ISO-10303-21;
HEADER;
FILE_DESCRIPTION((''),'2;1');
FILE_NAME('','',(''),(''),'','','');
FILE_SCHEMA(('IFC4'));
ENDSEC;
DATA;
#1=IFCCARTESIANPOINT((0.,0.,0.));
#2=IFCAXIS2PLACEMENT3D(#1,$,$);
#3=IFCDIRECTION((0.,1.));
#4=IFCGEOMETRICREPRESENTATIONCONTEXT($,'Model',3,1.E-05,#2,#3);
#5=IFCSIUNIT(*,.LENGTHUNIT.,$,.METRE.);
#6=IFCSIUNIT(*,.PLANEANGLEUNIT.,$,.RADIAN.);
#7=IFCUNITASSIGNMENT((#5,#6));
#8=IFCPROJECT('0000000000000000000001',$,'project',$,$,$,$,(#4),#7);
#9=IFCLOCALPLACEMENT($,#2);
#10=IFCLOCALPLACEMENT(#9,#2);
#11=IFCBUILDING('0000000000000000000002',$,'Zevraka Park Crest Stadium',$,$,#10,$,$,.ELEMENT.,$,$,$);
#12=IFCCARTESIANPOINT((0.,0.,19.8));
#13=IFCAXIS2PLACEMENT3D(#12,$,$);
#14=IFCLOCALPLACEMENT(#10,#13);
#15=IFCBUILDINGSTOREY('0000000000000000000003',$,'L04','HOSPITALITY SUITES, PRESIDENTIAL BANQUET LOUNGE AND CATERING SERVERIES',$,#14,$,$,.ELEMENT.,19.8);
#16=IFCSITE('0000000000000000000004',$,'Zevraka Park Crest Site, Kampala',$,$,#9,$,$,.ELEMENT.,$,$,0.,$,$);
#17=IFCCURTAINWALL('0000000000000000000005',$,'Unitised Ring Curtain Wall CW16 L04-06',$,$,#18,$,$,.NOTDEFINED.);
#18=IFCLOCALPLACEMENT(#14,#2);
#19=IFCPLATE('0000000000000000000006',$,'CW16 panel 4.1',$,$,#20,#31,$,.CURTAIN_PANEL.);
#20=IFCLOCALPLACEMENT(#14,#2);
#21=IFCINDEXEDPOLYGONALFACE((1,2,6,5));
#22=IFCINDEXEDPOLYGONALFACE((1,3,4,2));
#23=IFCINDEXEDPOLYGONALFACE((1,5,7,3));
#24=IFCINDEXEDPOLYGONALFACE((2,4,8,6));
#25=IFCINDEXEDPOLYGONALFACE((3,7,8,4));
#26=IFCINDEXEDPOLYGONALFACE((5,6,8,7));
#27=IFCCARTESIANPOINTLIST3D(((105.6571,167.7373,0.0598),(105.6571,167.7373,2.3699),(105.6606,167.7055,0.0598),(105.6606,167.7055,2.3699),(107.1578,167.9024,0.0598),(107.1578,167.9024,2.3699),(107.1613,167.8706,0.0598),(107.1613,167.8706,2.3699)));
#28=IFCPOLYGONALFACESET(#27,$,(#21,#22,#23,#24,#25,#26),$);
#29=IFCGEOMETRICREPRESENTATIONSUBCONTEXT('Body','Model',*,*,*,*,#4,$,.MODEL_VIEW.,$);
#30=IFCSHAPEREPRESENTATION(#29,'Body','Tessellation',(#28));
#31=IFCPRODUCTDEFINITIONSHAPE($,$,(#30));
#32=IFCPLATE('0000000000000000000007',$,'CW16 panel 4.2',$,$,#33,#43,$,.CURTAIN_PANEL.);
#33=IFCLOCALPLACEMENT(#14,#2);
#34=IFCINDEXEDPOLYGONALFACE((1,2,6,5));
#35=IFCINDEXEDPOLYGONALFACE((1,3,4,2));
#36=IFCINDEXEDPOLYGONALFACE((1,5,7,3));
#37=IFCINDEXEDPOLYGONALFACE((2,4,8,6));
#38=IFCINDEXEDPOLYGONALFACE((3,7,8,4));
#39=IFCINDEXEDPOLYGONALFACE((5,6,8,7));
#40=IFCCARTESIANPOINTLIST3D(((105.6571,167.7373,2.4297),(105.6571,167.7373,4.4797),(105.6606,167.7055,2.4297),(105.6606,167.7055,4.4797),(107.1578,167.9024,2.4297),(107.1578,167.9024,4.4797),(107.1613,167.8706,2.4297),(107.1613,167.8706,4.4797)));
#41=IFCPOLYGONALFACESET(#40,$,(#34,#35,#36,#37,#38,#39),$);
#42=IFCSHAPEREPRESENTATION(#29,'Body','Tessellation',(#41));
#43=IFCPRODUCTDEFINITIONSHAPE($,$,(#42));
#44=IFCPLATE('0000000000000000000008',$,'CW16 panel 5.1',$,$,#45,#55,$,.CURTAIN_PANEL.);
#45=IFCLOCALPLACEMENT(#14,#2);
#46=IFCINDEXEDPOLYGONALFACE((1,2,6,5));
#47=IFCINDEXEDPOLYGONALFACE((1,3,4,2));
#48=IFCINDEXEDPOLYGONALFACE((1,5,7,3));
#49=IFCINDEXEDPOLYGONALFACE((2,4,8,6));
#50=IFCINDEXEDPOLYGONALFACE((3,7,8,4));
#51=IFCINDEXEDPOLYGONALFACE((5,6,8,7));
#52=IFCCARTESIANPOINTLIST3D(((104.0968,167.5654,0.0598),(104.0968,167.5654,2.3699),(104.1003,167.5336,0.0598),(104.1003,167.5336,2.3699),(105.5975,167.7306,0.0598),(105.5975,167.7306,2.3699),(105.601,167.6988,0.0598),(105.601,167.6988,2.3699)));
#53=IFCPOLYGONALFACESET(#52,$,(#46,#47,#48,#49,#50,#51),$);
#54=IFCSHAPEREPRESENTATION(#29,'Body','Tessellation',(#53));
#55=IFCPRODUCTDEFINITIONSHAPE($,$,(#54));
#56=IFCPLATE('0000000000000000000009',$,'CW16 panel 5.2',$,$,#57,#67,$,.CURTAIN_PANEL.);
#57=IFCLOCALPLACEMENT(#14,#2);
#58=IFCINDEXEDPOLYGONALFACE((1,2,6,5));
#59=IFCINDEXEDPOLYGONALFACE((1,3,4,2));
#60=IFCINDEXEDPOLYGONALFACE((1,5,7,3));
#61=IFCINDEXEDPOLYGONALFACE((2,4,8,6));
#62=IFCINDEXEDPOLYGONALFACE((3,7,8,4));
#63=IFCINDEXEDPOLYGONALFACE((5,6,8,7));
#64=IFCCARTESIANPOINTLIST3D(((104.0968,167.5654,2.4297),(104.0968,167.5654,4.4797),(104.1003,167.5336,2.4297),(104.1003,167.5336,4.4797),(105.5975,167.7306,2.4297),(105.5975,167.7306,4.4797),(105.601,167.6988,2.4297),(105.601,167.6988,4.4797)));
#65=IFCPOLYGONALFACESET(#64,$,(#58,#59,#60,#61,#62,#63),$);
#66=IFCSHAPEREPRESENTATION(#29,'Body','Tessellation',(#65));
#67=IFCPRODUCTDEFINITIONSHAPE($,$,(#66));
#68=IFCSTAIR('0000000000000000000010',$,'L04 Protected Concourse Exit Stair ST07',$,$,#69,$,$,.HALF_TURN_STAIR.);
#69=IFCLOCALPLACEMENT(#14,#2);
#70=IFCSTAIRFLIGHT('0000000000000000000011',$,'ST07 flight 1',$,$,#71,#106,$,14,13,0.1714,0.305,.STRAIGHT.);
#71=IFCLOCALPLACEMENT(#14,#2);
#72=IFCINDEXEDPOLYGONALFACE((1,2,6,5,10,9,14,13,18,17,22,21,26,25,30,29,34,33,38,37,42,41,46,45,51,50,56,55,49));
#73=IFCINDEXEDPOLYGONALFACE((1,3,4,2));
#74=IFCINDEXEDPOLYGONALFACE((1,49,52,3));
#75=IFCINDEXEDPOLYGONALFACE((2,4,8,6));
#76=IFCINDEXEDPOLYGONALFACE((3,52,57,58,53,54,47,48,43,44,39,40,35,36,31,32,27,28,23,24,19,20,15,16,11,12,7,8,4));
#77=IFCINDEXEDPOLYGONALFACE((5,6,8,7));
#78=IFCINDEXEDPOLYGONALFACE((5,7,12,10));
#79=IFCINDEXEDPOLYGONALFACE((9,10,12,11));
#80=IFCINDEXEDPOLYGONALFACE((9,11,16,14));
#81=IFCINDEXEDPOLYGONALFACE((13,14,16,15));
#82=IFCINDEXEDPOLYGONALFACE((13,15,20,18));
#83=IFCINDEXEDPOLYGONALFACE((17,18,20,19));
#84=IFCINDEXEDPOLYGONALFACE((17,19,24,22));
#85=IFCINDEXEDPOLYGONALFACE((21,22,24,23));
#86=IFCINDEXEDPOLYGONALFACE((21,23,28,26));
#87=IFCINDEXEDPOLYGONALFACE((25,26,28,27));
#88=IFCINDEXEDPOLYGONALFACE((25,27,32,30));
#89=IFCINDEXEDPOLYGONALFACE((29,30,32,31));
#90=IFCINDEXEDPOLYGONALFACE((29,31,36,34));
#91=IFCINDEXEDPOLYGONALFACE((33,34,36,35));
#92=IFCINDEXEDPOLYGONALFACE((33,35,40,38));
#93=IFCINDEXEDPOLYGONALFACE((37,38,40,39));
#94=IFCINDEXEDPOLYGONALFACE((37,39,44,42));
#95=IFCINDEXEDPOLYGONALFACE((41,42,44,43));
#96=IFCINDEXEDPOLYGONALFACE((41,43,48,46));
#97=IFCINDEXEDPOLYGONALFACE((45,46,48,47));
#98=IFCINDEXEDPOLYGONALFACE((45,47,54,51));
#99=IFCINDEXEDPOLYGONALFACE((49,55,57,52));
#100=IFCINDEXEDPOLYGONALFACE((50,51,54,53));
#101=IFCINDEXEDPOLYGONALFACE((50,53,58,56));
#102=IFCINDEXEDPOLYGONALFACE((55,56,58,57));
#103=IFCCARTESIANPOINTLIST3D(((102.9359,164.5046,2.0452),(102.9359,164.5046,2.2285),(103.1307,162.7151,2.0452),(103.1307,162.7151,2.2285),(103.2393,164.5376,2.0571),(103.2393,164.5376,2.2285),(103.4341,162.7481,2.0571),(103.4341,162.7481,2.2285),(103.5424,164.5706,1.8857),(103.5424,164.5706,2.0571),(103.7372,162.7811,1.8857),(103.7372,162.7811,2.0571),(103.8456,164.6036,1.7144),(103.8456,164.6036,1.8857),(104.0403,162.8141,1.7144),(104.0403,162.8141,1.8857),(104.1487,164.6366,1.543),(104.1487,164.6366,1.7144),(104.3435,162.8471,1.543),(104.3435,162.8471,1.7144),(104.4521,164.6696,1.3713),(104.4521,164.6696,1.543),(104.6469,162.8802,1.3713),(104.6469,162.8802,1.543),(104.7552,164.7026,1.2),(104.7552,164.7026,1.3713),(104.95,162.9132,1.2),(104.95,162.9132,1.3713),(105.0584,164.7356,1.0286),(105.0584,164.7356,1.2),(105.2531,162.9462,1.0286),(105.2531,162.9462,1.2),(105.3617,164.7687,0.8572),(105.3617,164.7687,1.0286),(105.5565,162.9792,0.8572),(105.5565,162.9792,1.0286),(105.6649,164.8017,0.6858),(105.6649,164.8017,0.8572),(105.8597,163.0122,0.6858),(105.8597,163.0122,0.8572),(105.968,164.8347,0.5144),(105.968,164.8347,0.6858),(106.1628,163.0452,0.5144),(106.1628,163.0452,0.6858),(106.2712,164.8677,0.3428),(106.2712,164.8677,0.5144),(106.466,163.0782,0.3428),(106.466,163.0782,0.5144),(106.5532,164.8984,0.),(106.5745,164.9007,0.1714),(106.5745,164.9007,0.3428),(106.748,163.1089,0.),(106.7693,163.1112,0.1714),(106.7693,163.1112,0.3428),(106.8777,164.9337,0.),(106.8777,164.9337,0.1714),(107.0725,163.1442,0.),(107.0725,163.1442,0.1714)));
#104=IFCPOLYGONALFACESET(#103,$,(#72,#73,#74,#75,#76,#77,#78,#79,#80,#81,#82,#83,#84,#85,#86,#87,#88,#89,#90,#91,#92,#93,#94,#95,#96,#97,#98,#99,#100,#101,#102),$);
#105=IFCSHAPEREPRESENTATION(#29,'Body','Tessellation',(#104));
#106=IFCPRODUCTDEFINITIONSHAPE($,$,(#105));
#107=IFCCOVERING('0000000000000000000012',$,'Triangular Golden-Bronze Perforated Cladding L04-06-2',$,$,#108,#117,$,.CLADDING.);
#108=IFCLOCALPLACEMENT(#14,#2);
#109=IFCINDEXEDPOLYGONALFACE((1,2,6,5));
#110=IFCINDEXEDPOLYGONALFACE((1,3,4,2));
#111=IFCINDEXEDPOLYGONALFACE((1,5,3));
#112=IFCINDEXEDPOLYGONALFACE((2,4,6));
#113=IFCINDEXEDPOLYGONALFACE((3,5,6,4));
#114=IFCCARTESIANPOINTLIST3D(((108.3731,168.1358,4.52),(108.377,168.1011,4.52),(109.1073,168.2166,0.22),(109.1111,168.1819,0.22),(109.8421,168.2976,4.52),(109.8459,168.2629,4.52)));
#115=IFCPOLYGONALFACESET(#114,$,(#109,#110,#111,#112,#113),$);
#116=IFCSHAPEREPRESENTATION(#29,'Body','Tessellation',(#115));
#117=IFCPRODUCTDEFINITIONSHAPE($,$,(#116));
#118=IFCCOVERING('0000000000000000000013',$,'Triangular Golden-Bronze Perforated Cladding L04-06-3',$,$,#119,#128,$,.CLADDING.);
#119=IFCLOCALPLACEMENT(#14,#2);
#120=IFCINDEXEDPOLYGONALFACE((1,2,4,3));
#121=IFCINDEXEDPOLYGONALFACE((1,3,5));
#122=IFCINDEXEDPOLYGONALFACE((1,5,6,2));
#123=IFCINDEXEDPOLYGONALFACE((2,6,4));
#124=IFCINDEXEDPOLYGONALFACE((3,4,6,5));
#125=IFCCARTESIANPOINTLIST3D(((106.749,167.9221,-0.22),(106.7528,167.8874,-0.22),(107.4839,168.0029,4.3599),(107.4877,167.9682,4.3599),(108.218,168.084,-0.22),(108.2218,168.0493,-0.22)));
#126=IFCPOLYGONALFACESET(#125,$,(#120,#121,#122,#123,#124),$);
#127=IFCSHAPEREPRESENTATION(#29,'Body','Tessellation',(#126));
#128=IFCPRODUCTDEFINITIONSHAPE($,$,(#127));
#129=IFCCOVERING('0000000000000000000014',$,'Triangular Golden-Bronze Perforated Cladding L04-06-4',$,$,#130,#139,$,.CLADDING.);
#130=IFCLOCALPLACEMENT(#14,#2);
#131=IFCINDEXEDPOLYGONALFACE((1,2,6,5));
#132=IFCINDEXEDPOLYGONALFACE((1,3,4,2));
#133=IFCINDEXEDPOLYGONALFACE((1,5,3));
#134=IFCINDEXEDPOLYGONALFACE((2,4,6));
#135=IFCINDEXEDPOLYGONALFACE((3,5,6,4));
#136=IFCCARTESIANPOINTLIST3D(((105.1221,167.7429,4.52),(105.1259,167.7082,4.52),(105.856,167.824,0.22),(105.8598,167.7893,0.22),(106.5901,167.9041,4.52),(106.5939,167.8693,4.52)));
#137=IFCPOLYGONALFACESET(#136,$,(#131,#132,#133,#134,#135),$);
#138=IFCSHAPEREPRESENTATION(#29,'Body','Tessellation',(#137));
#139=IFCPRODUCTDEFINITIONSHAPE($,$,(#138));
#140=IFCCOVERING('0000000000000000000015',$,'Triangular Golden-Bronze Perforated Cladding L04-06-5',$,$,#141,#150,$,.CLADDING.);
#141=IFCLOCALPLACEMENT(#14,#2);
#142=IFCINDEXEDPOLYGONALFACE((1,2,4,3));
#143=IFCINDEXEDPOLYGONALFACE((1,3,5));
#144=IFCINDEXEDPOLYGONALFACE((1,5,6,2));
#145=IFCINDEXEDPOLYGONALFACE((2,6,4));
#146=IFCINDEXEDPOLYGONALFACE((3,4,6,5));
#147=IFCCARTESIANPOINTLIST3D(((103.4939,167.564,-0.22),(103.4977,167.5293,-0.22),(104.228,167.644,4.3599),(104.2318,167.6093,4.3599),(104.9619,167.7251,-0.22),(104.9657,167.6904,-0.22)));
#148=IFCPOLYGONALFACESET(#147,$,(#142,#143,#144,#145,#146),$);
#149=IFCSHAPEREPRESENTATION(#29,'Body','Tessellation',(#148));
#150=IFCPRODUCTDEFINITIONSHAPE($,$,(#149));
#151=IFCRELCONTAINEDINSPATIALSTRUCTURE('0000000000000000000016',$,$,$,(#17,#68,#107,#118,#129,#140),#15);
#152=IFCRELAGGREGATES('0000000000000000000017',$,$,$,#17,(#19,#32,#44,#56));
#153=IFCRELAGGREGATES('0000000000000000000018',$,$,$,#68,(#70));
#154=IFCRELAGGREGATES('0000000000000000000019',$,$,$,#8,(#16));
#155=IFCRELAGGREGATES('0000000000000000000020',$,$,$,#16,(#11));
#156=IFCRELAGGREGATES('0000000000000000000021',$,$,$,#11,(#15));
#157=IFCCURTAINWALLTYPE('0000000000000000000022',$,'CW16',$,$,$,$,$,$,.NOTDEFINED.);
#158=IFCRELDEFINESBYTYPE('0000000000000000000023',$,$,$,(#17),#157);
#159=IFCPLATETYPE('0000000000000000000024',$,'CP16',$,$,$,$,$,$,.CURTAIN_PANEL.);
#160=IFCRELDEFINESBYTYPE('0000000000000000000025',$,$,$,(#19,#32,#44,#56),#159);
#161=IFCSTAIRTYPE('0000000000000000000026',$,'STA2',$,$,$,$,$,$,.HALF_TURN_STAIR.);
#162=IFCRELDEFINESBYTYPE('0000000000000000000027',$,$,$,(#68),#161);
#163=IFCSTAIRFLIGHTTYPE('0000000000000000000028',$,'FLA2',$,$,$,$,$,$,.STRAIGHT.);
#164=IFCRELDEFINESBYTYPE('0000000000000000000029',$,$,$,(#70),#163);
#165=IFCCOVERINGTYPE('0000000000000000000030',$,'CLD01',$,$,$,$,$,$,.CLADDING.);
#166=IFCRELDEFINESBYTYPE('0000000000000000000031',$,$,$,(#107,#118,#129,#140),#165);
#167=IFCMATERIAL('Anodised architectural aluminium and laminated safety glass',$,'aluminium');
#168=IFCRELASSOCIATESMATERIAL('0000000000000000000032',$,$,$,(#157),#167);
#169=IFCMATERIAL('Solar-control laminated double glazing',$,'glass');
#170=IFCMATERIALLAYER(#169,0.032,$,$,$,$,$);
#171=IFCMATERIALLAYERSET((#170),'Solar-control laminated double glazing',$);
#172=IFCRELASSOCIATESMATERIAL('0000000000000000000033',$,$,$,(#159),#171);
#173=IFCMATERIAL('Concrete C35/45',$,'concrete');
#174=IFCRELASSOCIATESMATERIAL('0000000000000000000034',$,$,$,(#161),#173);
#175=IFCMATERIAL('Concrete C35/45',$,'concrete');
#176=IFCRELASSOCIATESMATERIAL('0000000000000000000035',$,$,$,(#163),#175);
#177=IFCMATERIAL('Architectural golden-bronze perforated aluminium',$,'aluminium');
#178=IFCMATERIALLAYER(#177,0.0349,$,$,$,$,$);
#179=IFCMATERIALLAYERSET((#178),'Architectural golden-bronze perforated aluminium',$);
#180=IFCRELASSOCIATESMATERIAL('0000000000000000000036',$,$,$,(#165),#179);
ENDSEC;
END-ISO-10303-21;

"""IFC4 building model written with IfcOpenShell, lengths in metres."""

from ifc_helpers import new_model, si_unit, direction, frame, origin, origin_2d, place, context, subcontext, project, spatial, polyline, rectangle, outline, extrude, material, layer, layer_set, type_object, element, aggregate, save


model = new_model("IFC4")

# Units and contexts
model_context = context("Model", 3, precision=1e-05, world=origin(), true_north=direction((0.0, 1.0)))
body_context = subcontext(model_context, "Body", "Model", "MODEL_VIEW")
ifc_project = project(units=[si_unit("LENGTHUNIT", "METRE"), si_unit("PLANEANGLEUNIT", "RADIAN")], contexts=[model_context])

# Site, building, storey
site_placement = place(None, origin())
site = spatial("IfcSite", under=ifc_project, at=site_placement, Name="Zevraka Park Crest Site, Kampala", CompositionType="ELEMENT", RefElevation=0.0)
building_placement = place(site_placement, origin())
building = spatial("IfcBuilding", under=site, at=building_placement, Name="Zevraka Park Crest Stadium", CompositionType="ELEMENT")
storey_placement = place(building_placement, frame((0.0, 0.0, 19.8)))
storey = spatial("IfcBuildingStorey", under=building, at=storey_placement, Name="L04", Description="HOSPITALITY SUITES, PRESIDENTIAL BANQUET LOUNGE AND CATERING SERVERIES", CompositionType="ELEMENT", Elevation=19.8)

# Curtain wall, plates
ifc_material_1 = material(Name="Anodised architectural aluminium and laminated safety glass", Category="aluminium")
curtain_wall_type = type_object("IfcCurtainWallType", Name="CW16", PredefinedType="NOTDEFINED", material=ifc_material_1)
curtain_wall_placement = place(storey_placement, origin())
curtain_wall = element("IfcCurtainWall", 1, at=curtain_wall_placement, inside=storey, type_object=curtain_wall_type, Name="Unitised Ring Curtain Wall CW16 L04-06", PredefinedType="NOTDEFINED")
ifc_material_2 = material(Name="Solar-control laminated double glazing", Category="glass")
ifc_layer_1 = layer(ifc_material_2, 0.032)
ifc_layer_set_1 = layer_set([ifc_layer_1], Name="Solar-control laminated double glazing")
plate_type = type_object("IfcPlateType", Name="CP16", PredefinedType="CURTAIN_PANEL", material=ifc_layer_set_1)
plate_1_placement = place(storey_placement, frame((106.4092, 167.804, 0.0598), z_axis=(0.0, 0.0, 1.0), x_axis=(-0.993997, -0.109406, 0.0)))
plate_1 = element("IfcPlate", 2, at=plate_1_placement, type_object=plate_type, Name="CW16 panel 4.1", PredefinedType="CURTAIN_PANEL", context=body_context, shape_type="SweptSolid", body=[
    extrude(rectangle(XDim=1.5098, YDim=0.032, at=origin_2d()), origin(), (0.0, 0.0, 1.0), 2.3101),
])
plate_2_placement = place(storey_placement, frame((106.4092, 167.804, 2.4297), z_axis=(0.0, 0.0, 1.0), x_axis=(-0.993997, -0.109406, 0.0)))
plate_2 = element("IfcPlate", 3, at=plate_2_placement, type_object=plate_type, Name="CW16 panel 4.2", PredefinedType="CURTAIN_PANEL", context=body_context, shape_type="SweptSolid", body=[
    extrude(rectangle(XDim=1.5098, YDim=0.032, at=origin_2d()), origin(), (0.0, 0.0, 1.0), 2.05),
])
plate_3_placement = place(storey_placement, frame((104.8489, 167.6321, 0.0598), z_axis=(0.0, 0.0, 1.0), x_axis=(-0.993997, -0.109406, 0.0)))
plate_3 = element("IfcPlate", 4, at=plate_3_placement, type_object=plate_type, Name="CW16 panel 5.1", PredefinedType="CURTAIN_PANEL", context=body_context, shape_type="SweptSolid", body=[
    extrude(rectangle(XDim=1.5098, YDim=0.032, at=origin_2d()), origin(), (0.0, 0.0, 1.0), 2.3101),
])
plate_4_placement = place(storey_placement, frame((104.8489, 167.6321, 2.4297), z_axis=(0.0, 0.0, 1.0), x_axis=(-0.993997, -0.109406, 0.0)))
plate_4 = element("IfcPlate", 5, at=plate_4_placement, type_object=plate_type, Name="CW16 panel 5.2", PredefinedType="CURTAIN_PANEL", context=body_context, shape_type="SweptSolid", body=[
    extrude(rectangle(XDim=1.5098, YDim=0.032, at=origin_2d()), origin(), (0.0, 0.0, 1.0), 2.05),
])
aggregate(curtain_wall, [plate_1, plate_2, plate_3, plate_4])

# Stair, stair flight
ifc_material_3 = material(Name="Concrete C35/45", Category="concrete")
stair_type = type_object("IfcStairType", Name="STA2", PredefinedType="HALF_TURN_STAIR", material=ifc_material_3)
stair_placement = place(storey_placement, origin())
stair = element("IfcStair", 6, at=stair_placement, inside=storey, type_object=stair_type, Name="L04 Protected Concourse Exit Stair ST07", PredefinedType="HALF_TURN_STAIR")
ifc_material_4 = material(Name="Concrete C35/45", Category="concrete")
stair_flight_type = type_object("IfcStairFlightType", Name="FLA2", PredefinedType="STRAIGHT", material=ifc_material_4)
stair_flight_placement = place(storey_placement, frame((106.9751, 164.0388, 0.0), z_axis=(0.0, 0.0, 1.0), x_axis=(-0.994128, -0.108215, 0.0)))
stair_flight = element("IfcStairFlight", 7, at=stair_flight_placement, type_object=stair_flight_type, Name="ST07 flight 1", NumberOfRisers=14, NumberOfTreads=13, PredefinedType="STRAIGHT", RiserHeight=0.1714, TreadLength=0.305, context=body_context, shape_type="SweptSolid", body=[
    extrude(outline(polyline([(0.0, 0.0), (0.0, 0.1714), (0.3049, 0.1714), (0.3049, 0.3428), (0.6101, 0.3428), (0.6101, 0.5144), (0.915, 0.5144), (0.915, 0.6858), (1.22, 0.6858), (1.22, 0.8572), (1.5249, 0.8572), (1.5249, 1.0286), (1.8301, 1.0286), (1.8301, 1.2), (2.135, 1.2), (2.135, 1.3713), (2.4399, 1.3713), (2.4399, 1.543), (2.7451, 1.543), (2.7451, 1.7144), (3.05, 1.7144), (3.05, 1.8857), (3.355, 1.8857), (3.355, 2.0571), (3.6599, 2.0571), (3.6599, 2.2285), (3.9651, 2.2285), (3.9651, 2.3999), (3.9651, 2.0452), (0.3264, 0.0), (0.0, 0.0)])), frame((0.0, 0.8999, 0.0), z_axis=(0.0, -1.0, 0.0), x_axis=(1.0, 0.0, 0.0)), (0.0, 0.0, 1.0), 1.8),
])
aggregate(stair, [stair_flight])

# Coverings
ifc_material_5 = material(Name="Architectural golden-bronze perforated aluminium", Category="aluminium")
ifc_layer_2 = layer(ifc_material_5, 0.0349)
ifc_layer_set_2 = layer_set([ifc_layer_2], Name="Architectural golden-bronze perforated aluminium")
covering_type = type_object("IfcCoveringType", Name="CLD01", PredefinedType="CLADDING", material=ifc_layer_set_2)
covering_1_placement = place(storey_placement, frame((108.377, 168.1011, 4.52), z_axis=(0.109525, -0.993984, 0.000019), x_axis=(0.993984, 0.109525, 0.0)))
element("IfcCovering", 8, at=covering_1_placement, inside=storey, type_object=covering_type, Name="Triangular Golden-Bronze Perforated Cladding L04-06-2", PredefinedType="CLADDING", context=body_context, shape_type="SweptSolid", body=[
    extrude(outline(polyline([(0.0, 0.0), (1.4779, 0.0), (0.7386, -4.3), (0.0, 0.0)])), origin(), (0.0, 0.0, -1.0), 0.0349),
])
covering_2_placement = place(storey_placement, frame((108.218, 168.084, -0.22), z_axis=(-0.109525, 0.993984, 0.000035), x_axis=(-0.993984, -0.109525, 0.0)))
element("IfcCovering", 9, at=covering_2_placement, inside=storey, type_object=covering_type, Name="Triangular Golden-Bronze Perforated Cladding L04-06-3", PredefinedType="CLADDING", context=body_context, shape_type="SweptSolid", body=[
    extrude(outline(polyline([(0.0, 0.0), (1.4779, 0.0), (0.7386, 4.5798), (0.0, 0.0)])), origin(), (0.0, 0.0, -1.0), 0.0349),
])
covering_3_placement = place(storey_placement, frame((105.1221, 167.7429, 4.52), z_axis=(-0.109107, 0.99403, 0.000116), x_axis=(0.99403, 0.109107, 0.0)))
element("IfcCovering", 10, at=covering_3_placement, inside=storey, type_object=covering_type, Name="Triangular Golden-Bronze Perforated Cladding L04-06-4", PredefinedType="CLADDING", context=body_context, shape_type="SweptSolid", body=[
    extrude(outline(polyline([(0.0, 0.0), (1.4768, 0.0), (0.7383, 4.3), (0.0, 0.0)])), origin(), (0.0, 0.0, -1.0), 0.0349),
])
covering_4_placement = place(storey_placement, frame((104.9619, 167.7251, -0.22), z_axis=(-0.109107, 0.99403, 0.000109), x_axis=(-0.99403, -0.109107, 0.0)))
element("IfcCovering", 11, at=covering_4_placement, inside=storey, type_object=covering_type, Name="Triangular Golden-Bronze Perforated Cladding L04-06-5", PredefinedType="CLADDING", context=body_context, shape_type="SweptSolid", body=[
    extrude(outline(polyline([(0.0, 0.0), (1.4768, 0.0), (0.7383, 4.5798), (0.0, 0.0)])), origin(), (0.0, 0.0, -1.0), 0.0349),
])

save(model, "model.ifc")
